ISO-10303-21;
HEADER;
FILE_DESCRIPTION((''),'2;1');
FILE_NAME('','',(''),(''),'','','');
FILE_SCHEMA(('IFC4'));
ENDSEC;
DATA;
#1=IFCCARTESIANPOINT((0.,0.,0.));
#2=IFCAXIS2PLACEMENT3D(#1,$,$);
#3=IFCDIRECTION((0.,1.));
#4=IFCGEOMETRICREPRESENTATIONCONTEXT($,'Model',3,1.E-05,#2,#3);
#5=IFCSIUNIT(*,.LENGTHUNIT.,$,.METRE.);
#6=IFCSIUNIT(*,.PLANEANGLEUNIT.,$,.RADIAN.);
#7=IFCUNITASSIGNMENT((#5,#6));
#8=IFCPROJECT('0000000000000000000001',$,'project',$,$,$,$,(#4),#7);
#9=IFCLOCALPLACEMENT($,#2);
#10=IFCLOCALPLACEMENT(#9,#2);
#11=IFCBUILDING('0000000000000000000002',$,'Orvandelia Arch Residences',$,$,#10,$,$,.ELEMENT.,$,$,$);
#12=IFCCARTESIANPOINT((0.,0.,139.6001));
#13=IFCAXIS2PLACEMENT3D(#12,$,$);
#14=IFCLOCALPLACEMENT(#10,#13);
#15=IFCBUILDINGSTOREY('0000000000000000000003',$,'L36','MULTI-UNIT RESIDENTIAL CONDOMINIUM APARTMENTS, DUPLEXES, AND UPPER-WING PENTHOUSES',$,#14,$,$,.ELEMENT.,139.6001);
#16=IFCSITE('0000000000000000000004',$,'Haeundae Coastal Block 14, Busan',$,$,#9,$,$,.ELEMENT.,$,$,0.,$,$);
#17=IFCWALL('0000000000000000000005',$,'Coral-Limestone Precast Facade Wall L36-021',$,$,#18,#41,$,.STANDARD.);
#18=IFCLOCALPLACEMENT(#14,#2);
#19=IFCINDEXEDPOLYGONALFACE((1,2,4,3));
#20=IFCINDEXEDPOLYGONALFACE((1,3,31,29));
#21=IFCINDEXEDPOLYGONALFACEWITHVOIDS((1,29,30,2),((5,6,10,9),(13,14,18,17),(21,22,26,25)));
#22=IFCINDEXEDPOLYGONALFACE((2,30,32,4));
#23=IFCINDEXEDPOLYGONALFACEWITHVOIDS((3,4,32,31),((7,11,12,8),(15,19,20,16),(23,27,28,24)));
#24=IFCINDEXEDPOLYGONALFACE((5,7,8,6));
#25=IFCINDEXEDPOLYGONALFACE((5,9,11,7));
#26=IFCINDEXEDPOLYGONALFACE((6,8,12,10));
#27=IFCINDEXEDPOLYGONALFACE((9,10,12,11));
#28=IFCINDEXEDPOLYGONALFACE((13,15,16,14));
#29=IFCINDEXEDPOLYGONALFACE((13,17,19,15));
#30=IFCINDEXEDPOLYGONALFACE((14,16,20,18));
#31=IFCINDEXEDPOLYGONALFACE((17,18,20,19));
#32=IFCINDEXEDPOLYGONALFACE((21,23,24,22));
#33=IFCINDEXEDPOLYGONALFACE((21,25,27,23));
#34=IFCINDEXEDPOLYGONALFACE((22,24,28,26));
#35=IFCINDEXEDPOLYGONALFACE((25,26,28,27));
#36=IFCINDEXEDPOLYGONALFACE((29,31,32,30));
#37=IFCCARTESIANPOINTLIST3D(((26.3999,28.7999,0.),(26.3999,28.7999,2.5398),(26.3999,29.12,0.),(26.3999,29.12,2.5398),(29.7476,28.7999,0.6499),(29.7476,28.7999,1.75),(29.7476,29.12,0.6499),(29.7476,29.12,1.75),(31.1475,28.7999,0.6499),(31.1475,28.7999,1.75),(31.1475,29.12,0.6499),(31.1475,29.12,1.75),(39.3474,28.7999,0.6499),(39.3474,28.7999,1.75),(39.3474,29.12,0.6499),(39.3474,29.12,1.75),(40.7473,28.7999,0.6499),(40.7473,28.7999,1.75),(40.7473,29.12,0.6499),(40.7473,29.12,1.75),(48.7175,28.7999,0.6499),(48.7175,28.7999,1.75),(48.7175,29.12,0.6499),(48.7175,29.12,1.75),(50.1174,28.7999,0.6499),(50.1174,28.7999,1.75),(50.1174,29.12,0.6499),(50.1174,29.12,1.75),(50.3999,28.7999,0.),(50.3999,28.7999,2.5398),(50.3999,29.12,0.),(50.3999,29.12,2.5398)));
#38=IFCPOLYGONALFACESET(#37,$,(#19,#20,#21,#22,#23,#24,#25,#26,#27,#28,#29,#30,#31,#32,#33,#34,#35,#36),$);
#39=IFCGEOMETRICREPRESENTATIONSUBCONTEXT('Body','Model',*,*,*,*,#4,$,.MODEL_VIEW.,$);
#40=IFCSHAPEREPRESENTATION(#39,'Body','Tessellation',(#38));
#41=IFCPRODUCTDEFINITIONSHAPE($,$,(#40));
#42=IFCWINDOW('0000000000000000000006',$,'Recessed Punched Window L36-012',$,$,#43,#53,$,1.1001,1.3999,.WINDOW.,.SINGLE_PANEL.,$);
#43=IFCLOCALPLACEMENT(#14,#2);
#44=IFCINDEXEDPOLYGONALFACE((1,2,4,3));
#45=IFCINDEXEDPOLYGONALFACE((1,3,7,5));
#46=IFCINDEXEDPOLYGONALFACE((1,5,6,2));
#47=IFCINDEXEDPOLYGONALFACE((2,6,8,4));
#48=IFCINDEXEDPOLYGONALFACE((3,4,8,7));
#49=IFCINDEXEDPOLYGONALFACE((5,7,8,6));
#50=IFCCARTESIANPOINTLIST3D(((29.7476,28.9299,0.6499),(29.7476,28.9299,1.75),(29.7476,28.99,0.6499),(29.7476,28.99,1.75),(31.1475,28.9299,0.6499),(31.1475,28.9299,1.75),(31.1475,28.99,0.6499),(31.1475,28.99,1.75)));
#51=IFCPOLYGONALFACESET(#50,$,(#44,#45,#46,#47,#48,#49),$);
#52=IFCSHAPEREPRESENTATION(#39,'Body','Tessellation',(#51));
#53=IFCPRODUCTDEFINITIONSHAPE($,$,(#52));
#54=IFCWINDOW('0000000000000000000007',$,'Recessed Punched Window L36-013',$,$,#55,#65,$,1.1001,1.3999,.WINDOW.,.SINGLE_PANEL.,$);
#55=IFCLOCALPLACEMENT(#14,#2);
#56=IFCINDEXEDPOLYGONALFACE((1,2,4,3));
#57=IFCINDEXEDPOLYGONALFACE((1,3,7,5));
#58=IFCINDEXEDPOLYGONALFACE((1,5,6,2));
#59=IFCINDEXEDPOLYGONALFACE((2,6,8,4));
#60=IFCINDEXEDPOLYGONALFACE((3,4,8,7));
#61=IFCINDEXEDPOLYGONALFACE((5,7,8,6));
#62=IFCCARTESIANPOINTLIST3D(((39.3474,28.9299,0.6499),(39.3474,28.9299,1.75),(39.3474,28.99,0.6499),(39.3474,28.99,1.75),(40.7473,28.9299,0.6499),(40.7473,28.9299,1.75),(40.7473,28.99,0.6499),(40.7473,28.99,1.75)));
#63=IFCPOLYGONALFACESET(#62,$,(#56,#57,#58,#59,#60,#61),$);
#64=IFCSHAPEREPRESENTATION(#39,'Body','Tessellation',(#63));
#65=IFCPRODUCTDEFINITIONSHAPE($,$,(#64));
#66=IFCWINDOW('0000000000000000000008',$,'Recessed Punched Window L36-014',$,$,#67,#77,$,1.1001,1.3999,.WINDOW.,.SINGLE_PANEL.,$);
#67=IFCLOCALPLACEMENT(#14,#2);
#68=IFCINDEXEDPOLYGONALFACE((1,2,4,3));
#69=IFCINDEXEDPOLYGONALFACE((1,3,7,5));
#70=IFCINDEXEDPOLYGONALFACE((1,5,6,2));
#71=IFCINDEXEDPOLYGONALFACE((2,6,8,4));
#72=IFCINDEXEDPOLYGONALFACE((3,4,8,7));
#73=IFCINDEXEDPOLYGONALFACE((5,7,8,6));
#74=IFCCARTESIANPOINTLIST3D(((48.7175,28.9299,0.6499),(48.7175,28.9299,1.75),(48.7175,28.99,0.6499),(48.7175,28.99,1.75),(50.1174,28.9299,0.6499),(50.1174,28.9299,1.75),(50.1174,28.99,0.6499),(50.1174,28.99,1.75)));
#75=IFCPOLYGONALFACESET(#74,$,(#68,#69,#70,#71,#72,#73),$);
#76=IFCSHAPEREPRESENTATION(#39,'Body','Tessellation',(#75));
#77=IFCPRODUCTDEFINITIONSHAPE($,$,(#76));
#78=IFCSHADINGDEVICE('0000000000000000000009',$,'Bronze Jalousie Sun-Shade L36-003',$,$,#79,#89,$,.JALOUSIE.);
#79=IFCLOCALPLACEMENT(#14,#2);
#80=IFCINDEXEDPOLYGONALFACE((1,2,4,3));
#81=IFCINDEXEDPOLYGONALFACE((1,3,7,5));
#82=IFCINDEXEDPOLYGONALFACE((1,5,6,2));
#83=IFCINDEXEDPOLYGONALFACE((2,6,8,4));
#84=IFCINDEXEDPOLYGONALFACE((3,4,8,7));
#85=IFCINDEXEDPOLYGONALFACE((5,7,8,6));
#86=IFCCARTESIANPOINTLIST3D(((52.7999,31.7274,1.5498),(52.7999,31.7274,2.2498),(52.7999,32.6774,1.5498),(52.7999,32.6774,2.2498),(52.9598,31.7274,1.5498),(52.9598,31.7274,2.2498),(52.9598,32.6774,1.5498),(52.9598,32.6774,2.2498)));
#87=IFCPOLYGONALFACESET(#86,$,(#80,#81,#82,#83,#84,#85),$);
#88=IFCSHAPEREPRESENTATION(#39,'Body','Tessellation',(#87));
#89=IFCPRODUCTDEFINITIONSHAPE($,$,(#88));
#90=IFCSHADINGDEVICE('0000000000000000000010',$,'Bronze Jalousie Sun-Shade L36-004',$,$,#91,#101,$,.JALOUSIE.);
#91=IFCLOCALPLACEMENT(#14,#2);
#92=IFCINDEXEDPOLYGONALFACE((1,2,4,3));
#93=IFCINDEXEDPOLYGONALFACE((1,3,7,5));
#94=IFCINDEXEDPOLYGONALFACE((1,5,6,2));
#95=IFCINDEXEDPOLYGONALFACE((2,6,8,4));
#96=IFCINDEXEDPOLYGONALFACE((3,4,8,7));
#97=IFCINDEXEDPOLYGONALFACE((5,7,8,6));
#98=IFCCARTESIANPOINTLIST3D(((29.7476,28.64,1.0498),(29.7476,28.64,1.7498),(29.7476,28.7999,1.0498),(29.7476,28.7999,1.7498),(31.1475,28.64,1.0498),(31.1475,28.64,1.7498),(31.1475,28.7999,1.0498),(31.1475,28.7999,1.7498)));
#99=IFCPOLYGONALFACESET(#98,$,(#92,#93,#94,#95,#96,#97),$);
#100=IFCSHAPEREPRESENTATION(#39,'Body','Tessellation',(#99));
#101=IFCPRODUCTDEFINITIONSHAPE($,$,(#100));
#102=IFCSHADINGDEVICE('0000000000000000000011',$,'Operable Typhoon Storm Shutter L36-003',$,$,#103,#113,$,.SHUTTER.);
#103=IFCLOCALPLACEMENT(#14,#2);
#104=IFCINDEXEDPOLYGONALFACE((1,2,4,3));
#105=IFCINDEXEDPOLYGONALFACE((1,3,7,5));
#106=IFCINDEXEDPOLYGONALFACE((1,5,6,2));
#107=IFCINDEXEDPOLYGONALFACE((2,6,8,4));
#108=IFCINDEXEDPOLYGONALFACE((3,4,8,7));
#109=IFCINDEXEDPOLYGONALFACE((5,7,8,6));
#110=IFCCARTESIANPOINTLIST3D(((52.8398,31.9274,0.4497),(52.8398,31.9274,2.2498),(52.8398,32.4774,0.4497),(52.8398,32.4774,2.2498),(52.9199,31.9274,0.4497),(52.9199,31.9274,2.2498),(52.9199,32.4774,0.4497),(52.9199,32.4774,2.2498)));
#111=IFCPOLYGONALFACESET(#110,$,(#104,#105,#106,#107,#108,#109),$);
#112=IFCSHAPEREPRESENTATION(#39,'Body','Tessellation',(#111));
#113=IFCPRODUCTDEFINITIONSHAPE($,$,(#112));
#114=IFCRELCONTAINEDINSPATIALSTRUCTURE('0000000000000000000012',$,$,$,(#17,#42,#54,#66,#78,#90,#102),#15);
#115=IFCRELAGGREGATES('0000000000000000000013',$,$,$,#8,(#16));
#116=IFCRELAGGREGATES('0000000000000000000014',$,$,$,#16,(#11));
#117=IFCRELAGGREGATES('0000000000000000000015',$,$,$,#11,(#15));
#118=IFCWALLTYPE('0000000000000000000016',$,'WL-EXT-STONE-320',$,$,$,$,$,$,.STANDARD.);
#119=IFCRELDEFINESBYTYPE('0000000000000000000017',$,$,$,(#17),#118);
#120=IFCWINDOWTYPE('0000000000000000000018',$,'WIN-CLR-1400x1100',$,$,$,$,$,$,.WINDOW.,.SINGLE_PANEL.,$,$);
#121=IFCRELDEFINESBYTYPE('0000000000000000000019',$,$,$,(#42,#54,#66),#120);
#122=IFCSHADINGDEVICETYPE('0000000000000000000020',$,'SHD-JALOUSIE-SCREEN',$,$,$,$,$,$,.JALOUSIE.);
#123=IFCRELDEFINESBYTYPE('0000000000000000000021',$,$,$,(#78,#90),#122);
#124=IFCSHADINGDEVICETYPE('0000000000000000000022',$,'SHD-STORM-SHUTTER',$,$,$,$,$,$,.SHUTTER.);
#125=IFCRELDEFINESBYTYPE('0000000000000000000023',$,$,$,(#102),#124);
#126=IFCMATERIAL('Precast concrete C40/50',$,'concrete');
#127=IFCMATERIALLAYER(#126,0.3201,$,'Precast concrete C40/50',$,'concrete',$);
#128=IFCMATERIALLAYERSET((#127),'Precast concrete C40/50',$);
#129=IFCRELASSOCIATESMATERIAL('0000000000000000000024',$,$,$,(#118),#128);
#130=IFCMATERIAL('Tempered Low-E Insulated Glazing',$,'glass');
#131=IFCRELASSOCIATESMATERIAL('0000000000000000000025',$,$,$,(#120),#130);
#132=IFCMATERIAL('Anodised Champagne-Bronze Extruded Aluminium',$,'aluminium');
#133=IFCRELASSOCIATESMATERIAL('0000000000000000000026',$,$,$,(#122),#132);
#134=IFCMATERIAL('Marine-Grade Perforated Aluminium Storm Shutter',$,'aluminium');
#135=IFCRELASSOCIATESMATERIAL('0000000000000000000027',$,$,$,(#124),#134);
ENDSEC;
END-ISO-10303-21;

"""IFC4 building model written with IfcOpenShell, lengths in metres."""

from ifc_helpers import new_model, si_unit, direction, frame, frame_2d, origin, origin_2d, place, context, subcontext, project, spatial, rectangle, extrude, material, layer, layer_set, type_object, element, fill, save


model = new_model("IFC4")

# Units and contexts
model_context = context("Model", 3, precision=1e-05, world=origin(), true_north=direction((0.0, 1.0)))
body_context = subcontext(model_context, "Body", "Model", "MODEL_VIEW")
ifc_project = project(units=[si_unit("LENGTHUNIT", "METRE"), si_unit("PLANEANGLEUNIT", "RADIAN")], contexts=[model_context])

# Site, building, storey
site_placement = place(None, origin())
site = spatial("IfcSite", under=ifc_project, at=site_placement, Name="Haeundae Coastal Block 14, Busan", CompositionType="ELEMENT", RefElevation=0.0)
building_placement = place(site_placement, origin())
building = spatial("IfcBuilding", under=site, at=building_placement, Name="Orvandelia Arch Residences", CompositionType="ELEMENT")
storey_placement = place(building_placement, frame((0.0, 0.0, 139.6001)))
storey = spatial("IfcBuildingStorey", under=building, at=storey_placement, Name="L36", Description="MULTI-UNIT RESIDENTIAL CONDOMINIUM APARTMENTS, DUPLEXES, AND UPPER-WING PENTHOUSES", CompositionType="ELEMENT", Elevation=139.6001)

# Shared definitions
ifc_material_1 = material(Name="Precast concrete C40/50", Category="concrete")
ifc_layer_1 = layer(ifc_material_1, 0.3201, Name="Precast concrete C40/50", Category="concrete")
ifc_layer_set_1 = layer_set([ifc_layer_1], Name="Precast concrete C40/50")
wall_type_1 = type_object("IfcWallType", Name="WL-EXT-STONE-320", PredefinedType="STANDARD", material=ifc_layer_set_1)

# Wall, openings, windows
wall_1_placement = place(storey_placement, frame((50.3999, 28.96, 0.0), z_axis=(0.0, 0.0, 1.0), x_axis=(-1.0, 0.0, 0.0)))
wall_1 = element("IfcWall", 1, at=wall_1_placement, inside=storey, type_object=wall_type_1, Name="Coral-Limestone Precast Facade Wall L36-021", PredefinedType="STANDARD", context=body_context, shape_type="SweptSolid", body=[
    extrude(rectangle(XDim=24.0, YDim=0.3201, at=frame_2d((12.0, 0.0))), origin(), (0.0, 0.0, 1.0), 2.5398),
])
opening_1_placement = place(wall_1_placement, frame((19.2524, 0.0, 0.6499)))
opening_1 = element("IfcOpeningElement", 2, at=opening_1_placement, cuts=wall_1, PredefinedType="OPENING", context=body_context, shape_type="SweptSolid", body=[
    extrude(rectangle(XDim=1.3999, YDim=1.1001, at=frame_2d((0.7, 0.55))), frame((0.0, 0.1699, 0.0), z_axis=(0.0, -1.0, 0.0), x_axis=(1.0, 0.0, 0.0)), (0.0, 0.0, 1.0), 0.3401),
])
opening_2_placement = place(wall_1_placement, frame((9.6526, 0.0, 0.6499)))
opening_2 = element("IfcOpeningElement", 3, at=opening_2_placement, cuts=wall_1, PredefinedType="OPENING", context=body_context, shape_type="SweptSolid", body=[
    extrude(rectangle(XDim=1.3999, YDim=1.1001, at=frame_2d((0.7, 0.55))), frame((0.0, 0.1699, 0.0), z_axis=(0.0, -1.0, 0.0), x_axis=(1.0, 0.0, 0.0)), (0.0, 0.0, 1.0), 0.3401),
])
opening_3_placement = place(wall_1_placement, frame((0.2825, 0.0, 0.6499)))
opening_3 = element("IfcOpeningElement", 4, at=opening_3_placement, cuts=wall_1, PredefinedType="OPENING", context=body_context, shape_type="SweptSolid", body=[
    extrude(rectangle(XDim=1.3999, YDim=1.1001, at=frame_2d((0.7, 0.55))), frame((0.0, 0.1699, 0.0), z_axis=(0.0, -1.0, 0.0), x_axis=(1.0, 0.0, 0.0)), (0.0, 0.0, 1.0), 0.3401),
])
ifc_material_2 = material(Name="Tempered Low-E Insulated Glazing", Category="glass")
window_type = type_object("IfcWindowType", Name="WIN-CLR-1400x1100", PartitioningType="SINGLE_PANEL", PredefinedType="WINDOW", material=ifc_material_2)
window_1_placement = place(opening_1_placement, origin())
window_1 = element("IfcWindow", 5, at=window_1_placement, inside=storey, type_object=window_type, Name="Recessed Punched Window L36-012", OverallHeight=1.1001, OverallWidth=1.3999, PartitioningType="SINGLE_PANEL", PredefinedType="WINDOW", context=body_context, shape_type="SweptSolid", body=[
    extrude(rectangle(XDim=1.3999, YDim=1.1001, at=frame_2d((0.7, 0.55))), frame((0.0, 0.03, 0.0), z_axis=(0.0, -1.0, 0.0), x_axis=(1.0, 0.0, 0.0)), (0.0, 0.0, 1.0), 0.0601),
])
fill(opening_1, window_1)
window_2_placement = place(opening_2_placement, origin())
window_2 = element("IfcWindow", 6, at=window_2_placement, inside=storey, type_object=window_type, Name="Recessed Punched Window L36-013", OverallHeight=1.1001, OverallWidth=1.3999, PartitioningType="SINGLE_PANEL", PredefinedType="WINDOW", context=body_context, shape_type="SweptSolid", body=[
    extrude(rectangle(XDim=1.3999, YDim=1.1001, at=frame_2d((0.7, 0.55))), frame((0.0, 0.03, 0.0), z_axis=(0.0, -1.0, 0.0), x_axis=(1.0, 0.0, 0.0)), (0.0, 0.0, 1.0), 0.0601),
])
fill(opening_2, window_2)
window_3_placement = place(opening_3_placement, origin())
window_3 = element("IfcWindow", 7, at=window_3_placement, inside=storey, type_object=window_type, Name="Recessed Punched Window L36-014", OverallHeight=1.1001, OverallWidth=1.3999, PartitioningType="SINGLE_PANEL", PredefinedType="WINDOW", context=body_context, shape_type="SweptSolid", body=[
    extrude(rectangle(XDim=1.3999, YDim=1.1001, at=frame_2d((0.7, 0.55))), frame((0.0, 0.03, 0.0), z_axis=(0.0, -1.0, 0.0), x_axis=(1.0, 0.0, 0.0)), (0.0, 0.0, 1.0), 0.0601),
])
fill(opening_3, window_3)

# Shading devices
ifc_material_3 = material(Name="Anodised Champagne-Bronze Extruded Aluminium", Category="aluminium")
shading_device_type_1 = type_object("IfcShadingDeviceType", Name="SHD-JALOUSIE-SCREEN", PredefinedType="JALOUSIE", material=ifc_material_3)
shading_device_1_placement = place(storey_placement, frame((52.8799, 32.2024, 1.5498), z_axis=(0.0, 0.0, 1.0), x_axis=(0.0, -1.0, 0.0)))
element("IfcShadingDevice", 8, at=shading_device_1_placement, inside=storey, type_object=shading_device_type_1, Name="Bronze Jalousie Sun-Shade L36-003", PredefinedType="JALOUSIE", context=body_context, shape_type="SweptSolid", body=[
    extrude(rectangle(XDim=0.95, YDim=0.1599, at=origin_2d()), origin(), (0.0, 0.0, 1.0), 0.7),
])
shading_device_2_placement = place(storey_placement, frame((30.4475, 28.72, 1.0498), z_axis=(0.0, 0.0, 1.0), x_axis=(-1.0, 0.0, 0.0)))
element("IfcShadingDevice", 9, at=shading_device_2_placement, inside=storey, type_object=shading_device_type_1, Name="Bronze Jalousie Sun-Shade L36-004", PredefinedType="JALOUSIE", context=body_context, shape_type="SweptSolid", body=[
    extrude(rectangle(XDim=1.3999, YDim=0.1599, at=origin_2d()), origin(), (0.0, 0.0, 1.0), 0.7),
])
ifc_material_4 = material(Name="Marine-Grade Perforated Aluminium Storm Shutter", Category="aluminium")
shading_device_type_2 = type_object("IfcShadingDeviceType", Name="SHD-STORM-SHUTTER", PredefinedType="SHUTTER", material=ifc_material_4)
shading_device_3_placement = place(storey_placement, frame((52.8799, 32.2024, 0.4497), z_axis=(0.0, 0.0, 1.0), x_axis=(0.0, -1.0, 0.0)))
element("IfcShadingDevice", 10, at=shading_device_3_placement, inside=storey, type_object=shading_device_type_2, Name="Operable Typhoon Storm Shutter L36-003", PredefinedType="SHUTTER", context=body_context, shape_type="SweptSolid", body=[
    extrude(rectangle(XDim=0.55, YDim=0.0801, at=origin_2d()), origin(), (0.0, 0.0, 1.0), 1.8),
])

save(model, "model.ifc")
